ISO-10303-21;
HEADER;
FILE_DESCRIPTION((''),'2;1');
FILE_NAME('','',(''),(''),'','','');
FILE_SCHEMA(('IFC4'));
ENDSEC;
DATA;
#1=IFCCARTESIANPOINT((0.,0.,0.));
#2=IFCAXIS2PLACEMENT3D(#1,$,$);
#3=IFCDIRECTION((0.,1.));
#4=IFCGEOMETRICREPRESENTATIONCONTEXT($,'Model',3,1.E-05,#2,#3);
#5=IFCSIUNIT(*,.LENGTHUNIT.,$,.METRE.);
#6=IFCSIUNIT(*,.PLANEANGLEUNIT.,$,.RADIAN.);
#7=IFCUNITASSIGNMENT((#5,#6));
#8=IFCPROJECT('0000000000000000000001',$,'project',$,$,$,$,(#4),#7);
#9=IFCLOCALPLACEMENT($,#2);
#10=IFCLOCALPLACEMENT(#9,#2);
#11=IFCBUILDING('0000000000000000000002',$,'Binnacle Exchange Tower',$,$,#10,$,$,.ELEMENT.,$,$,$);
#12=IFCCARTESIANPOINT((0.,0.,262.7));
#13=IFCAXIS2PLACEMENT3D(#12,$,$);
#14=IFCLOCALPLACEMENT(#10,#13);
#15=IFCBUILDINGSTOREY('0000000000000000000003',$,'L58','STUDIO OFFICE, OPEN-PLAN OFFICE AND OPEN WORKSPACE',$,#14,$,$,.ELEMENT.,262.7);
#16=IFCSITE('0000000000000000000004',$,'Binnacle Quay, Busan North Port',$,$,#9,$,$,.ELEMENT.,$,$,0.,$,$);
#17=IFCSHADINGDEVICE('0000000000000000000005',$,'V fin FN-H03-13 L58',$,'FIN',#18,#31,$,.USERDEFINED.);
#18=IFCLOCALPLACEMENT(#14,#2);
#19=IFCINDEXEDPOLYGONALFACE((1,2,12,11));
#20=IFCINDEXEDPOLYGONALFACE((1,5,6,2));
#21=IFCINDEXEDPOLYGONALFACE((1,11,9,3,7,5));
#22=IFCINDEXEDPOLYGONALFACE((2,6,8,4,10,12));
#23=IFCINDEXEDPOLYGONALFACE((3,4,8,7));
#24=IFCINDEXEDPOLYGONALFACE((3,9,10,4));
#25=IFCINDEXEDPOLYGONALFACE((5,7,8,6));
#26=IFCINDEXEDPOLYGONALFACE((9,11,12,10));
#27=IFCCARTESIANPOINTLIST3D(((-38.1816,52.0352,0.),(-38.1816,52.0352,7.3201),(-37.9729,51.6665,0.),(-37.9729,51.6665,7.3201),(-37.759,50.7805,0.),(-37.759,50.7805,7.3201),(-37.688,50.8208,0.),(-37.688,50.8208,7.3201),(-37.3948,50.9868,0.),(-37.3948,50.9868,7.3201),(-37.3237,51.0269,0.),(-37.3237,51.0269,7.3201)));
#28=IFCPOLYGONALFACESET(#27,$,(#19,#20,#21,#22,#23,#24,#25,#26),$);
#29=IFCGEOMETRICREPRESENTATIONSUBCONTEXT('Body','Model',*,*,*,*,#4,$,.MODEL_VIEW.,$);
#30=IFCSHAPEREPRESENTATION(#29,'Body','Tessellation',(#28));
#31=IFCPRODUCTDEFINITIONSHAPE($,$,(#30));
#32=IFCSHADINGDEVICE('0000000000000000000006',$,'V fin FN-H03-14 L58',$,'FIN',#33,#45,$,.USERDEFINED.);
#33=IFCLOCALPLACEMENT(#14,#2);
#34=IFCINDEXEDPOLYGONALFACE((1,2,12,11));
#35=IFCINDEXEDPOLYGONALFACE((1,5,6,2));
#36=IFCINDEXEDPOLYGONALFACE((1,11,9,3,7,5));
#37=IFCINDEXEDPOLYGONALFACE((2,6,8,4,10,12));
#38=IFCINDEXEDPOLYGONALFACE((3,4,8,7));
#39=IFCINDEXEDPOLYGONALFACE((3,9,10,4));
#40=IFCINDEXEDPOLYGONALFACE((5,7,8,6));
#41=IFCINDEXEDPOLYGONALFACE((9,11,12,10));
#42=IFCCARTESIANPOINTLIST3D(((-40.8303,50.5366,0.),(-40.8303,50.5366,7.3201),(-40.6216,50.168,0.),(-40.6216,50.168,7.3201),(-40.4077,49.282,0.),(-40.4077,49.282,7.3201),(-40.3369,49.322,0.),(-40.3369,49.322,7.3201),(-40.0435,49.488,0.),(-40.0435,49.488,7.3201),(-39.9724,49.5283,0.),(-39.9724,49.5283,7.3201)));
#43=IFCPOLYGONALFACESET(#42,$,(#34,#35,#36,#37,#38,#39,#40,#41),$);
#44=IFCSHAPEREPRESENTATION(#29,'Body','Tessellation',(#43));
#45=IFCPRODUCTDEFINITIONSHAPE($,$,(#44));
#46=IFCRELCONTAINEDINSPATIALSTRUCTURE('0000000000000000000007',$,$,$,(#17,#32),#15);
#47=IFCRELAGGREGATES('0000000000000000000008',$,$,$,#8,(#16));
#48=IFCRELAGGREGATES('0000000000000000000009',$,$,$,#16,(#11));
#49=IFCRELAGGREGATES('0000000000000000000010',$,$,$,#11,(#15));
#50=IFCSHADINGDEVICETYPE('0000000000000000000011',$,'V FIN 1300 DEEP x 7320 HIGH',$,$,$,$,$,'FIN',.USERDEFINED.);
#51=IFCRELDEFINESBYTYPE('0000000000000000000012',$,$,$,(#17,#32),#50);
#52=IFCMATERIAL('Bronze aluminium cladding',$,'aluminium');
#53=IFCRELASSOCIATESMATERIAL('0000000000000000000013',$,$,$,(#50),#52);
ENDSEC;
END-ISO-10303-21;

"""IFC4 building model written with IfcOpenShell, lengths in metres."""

from ifc_helpers import new_model, si_unit, direction, frame, origin, place, context, subcontext, project, spatial, polyline, outline, extrude, material, type_object, element, save


model = new_model("IFC4")

# Units and contexts
model_context = context("Model", 3, precision=1e-05, world=origin(), true_north=direction((0.0, 1.0)))
body_context = subcontext(model_context, "Body", "Model", "MODEL_VIEW")
ifc_project = project(units=[si_unit("LENGTHUNIT", "METRE"), si_unit("PLANEANGLEUNIT", "RADIAN")], contexts=[model_context])

# Site, building, storey
site_placement = place(None, origin())
site = spatial("IfcSite", under=ifc_project, at=site_placement, Name="Binnacle Quay, Busan North Port", CompositionType="ELEMENT", RefElevation=0.0)
building_placement = place(site_placement, origin())
building = spatial("IfcBuilding", under=site, at=building_placement, Name="Binnacle Exchange Tower", CompositionType="ELEMENT")
storey_placement = place(building_placement, frame((0.0, 0.0, 262.7)))
storey = spatial("IfcBuildingStorey", under=building, at=storey_placement, Name="L58", Description="STUDIO OFFICE, OPEN-PLAN OFFICE AND OPEN WORKSPACE", CompositionType="ELEMENT", Elevation=262.7)

# Shading devices
ifc_material_1 = material(Name="Bronze aluminium cladding", Category="aluminium")
shading_device_type = type_object("IfcShadingDeviceType", Name="V FIN 1300 DEEP x 7320 HIGH", ElementType="FIN", PredefinedType="USERDEFINED", material=ifc_material_1)
shading_device_1_placement = place(storey_placement, origin())
element("IfcShadingDevice", 1, at=shading_device_1_placement, inside=storey, type_object=shading_device_type, Name="V fin FN-H03-13 L58", ObjectType="FIN", PredefinedType="USERDEFINED", context=body_context, shape_type="SweptSolid", body=[
    extrude(outline(polyline([(-37.3237, 51.0269), (-38.1816, 52.0352), (-37.759, 50.7805), (-37.688, 50.8208), (-37.9729, 51.6665), (-37.3948, 50.9868), (-37.3237, 51.0269)])), origin(), (0.0, 0.0, 1.0), 7.3201),
])
shading_device_2_placement = place(storey_placement, origin())
element("IfcShadingDevice", 2, at=shading_device_2_placement, inside=storey, type_object=shading_device_type, Name="V fin FN-H03-14 L58", ObjectType="FIN", PredefinedType="USERDEFINED", context=body_context, shape_type="SweptSolid", body=[
    extrude(outline(polyline([(-39.9724, 49.5283), (-40.8303, 50.5366), (-40.4077, 49.282), (-40.3369, 49.322), (-40.6216, 50.168), (-40.0435, 49.488), (-39.9724, 49.5283)])), origin(), (0.0, 0.0, 1.0), 7.3201),
])

save(model, "model.ifc")
